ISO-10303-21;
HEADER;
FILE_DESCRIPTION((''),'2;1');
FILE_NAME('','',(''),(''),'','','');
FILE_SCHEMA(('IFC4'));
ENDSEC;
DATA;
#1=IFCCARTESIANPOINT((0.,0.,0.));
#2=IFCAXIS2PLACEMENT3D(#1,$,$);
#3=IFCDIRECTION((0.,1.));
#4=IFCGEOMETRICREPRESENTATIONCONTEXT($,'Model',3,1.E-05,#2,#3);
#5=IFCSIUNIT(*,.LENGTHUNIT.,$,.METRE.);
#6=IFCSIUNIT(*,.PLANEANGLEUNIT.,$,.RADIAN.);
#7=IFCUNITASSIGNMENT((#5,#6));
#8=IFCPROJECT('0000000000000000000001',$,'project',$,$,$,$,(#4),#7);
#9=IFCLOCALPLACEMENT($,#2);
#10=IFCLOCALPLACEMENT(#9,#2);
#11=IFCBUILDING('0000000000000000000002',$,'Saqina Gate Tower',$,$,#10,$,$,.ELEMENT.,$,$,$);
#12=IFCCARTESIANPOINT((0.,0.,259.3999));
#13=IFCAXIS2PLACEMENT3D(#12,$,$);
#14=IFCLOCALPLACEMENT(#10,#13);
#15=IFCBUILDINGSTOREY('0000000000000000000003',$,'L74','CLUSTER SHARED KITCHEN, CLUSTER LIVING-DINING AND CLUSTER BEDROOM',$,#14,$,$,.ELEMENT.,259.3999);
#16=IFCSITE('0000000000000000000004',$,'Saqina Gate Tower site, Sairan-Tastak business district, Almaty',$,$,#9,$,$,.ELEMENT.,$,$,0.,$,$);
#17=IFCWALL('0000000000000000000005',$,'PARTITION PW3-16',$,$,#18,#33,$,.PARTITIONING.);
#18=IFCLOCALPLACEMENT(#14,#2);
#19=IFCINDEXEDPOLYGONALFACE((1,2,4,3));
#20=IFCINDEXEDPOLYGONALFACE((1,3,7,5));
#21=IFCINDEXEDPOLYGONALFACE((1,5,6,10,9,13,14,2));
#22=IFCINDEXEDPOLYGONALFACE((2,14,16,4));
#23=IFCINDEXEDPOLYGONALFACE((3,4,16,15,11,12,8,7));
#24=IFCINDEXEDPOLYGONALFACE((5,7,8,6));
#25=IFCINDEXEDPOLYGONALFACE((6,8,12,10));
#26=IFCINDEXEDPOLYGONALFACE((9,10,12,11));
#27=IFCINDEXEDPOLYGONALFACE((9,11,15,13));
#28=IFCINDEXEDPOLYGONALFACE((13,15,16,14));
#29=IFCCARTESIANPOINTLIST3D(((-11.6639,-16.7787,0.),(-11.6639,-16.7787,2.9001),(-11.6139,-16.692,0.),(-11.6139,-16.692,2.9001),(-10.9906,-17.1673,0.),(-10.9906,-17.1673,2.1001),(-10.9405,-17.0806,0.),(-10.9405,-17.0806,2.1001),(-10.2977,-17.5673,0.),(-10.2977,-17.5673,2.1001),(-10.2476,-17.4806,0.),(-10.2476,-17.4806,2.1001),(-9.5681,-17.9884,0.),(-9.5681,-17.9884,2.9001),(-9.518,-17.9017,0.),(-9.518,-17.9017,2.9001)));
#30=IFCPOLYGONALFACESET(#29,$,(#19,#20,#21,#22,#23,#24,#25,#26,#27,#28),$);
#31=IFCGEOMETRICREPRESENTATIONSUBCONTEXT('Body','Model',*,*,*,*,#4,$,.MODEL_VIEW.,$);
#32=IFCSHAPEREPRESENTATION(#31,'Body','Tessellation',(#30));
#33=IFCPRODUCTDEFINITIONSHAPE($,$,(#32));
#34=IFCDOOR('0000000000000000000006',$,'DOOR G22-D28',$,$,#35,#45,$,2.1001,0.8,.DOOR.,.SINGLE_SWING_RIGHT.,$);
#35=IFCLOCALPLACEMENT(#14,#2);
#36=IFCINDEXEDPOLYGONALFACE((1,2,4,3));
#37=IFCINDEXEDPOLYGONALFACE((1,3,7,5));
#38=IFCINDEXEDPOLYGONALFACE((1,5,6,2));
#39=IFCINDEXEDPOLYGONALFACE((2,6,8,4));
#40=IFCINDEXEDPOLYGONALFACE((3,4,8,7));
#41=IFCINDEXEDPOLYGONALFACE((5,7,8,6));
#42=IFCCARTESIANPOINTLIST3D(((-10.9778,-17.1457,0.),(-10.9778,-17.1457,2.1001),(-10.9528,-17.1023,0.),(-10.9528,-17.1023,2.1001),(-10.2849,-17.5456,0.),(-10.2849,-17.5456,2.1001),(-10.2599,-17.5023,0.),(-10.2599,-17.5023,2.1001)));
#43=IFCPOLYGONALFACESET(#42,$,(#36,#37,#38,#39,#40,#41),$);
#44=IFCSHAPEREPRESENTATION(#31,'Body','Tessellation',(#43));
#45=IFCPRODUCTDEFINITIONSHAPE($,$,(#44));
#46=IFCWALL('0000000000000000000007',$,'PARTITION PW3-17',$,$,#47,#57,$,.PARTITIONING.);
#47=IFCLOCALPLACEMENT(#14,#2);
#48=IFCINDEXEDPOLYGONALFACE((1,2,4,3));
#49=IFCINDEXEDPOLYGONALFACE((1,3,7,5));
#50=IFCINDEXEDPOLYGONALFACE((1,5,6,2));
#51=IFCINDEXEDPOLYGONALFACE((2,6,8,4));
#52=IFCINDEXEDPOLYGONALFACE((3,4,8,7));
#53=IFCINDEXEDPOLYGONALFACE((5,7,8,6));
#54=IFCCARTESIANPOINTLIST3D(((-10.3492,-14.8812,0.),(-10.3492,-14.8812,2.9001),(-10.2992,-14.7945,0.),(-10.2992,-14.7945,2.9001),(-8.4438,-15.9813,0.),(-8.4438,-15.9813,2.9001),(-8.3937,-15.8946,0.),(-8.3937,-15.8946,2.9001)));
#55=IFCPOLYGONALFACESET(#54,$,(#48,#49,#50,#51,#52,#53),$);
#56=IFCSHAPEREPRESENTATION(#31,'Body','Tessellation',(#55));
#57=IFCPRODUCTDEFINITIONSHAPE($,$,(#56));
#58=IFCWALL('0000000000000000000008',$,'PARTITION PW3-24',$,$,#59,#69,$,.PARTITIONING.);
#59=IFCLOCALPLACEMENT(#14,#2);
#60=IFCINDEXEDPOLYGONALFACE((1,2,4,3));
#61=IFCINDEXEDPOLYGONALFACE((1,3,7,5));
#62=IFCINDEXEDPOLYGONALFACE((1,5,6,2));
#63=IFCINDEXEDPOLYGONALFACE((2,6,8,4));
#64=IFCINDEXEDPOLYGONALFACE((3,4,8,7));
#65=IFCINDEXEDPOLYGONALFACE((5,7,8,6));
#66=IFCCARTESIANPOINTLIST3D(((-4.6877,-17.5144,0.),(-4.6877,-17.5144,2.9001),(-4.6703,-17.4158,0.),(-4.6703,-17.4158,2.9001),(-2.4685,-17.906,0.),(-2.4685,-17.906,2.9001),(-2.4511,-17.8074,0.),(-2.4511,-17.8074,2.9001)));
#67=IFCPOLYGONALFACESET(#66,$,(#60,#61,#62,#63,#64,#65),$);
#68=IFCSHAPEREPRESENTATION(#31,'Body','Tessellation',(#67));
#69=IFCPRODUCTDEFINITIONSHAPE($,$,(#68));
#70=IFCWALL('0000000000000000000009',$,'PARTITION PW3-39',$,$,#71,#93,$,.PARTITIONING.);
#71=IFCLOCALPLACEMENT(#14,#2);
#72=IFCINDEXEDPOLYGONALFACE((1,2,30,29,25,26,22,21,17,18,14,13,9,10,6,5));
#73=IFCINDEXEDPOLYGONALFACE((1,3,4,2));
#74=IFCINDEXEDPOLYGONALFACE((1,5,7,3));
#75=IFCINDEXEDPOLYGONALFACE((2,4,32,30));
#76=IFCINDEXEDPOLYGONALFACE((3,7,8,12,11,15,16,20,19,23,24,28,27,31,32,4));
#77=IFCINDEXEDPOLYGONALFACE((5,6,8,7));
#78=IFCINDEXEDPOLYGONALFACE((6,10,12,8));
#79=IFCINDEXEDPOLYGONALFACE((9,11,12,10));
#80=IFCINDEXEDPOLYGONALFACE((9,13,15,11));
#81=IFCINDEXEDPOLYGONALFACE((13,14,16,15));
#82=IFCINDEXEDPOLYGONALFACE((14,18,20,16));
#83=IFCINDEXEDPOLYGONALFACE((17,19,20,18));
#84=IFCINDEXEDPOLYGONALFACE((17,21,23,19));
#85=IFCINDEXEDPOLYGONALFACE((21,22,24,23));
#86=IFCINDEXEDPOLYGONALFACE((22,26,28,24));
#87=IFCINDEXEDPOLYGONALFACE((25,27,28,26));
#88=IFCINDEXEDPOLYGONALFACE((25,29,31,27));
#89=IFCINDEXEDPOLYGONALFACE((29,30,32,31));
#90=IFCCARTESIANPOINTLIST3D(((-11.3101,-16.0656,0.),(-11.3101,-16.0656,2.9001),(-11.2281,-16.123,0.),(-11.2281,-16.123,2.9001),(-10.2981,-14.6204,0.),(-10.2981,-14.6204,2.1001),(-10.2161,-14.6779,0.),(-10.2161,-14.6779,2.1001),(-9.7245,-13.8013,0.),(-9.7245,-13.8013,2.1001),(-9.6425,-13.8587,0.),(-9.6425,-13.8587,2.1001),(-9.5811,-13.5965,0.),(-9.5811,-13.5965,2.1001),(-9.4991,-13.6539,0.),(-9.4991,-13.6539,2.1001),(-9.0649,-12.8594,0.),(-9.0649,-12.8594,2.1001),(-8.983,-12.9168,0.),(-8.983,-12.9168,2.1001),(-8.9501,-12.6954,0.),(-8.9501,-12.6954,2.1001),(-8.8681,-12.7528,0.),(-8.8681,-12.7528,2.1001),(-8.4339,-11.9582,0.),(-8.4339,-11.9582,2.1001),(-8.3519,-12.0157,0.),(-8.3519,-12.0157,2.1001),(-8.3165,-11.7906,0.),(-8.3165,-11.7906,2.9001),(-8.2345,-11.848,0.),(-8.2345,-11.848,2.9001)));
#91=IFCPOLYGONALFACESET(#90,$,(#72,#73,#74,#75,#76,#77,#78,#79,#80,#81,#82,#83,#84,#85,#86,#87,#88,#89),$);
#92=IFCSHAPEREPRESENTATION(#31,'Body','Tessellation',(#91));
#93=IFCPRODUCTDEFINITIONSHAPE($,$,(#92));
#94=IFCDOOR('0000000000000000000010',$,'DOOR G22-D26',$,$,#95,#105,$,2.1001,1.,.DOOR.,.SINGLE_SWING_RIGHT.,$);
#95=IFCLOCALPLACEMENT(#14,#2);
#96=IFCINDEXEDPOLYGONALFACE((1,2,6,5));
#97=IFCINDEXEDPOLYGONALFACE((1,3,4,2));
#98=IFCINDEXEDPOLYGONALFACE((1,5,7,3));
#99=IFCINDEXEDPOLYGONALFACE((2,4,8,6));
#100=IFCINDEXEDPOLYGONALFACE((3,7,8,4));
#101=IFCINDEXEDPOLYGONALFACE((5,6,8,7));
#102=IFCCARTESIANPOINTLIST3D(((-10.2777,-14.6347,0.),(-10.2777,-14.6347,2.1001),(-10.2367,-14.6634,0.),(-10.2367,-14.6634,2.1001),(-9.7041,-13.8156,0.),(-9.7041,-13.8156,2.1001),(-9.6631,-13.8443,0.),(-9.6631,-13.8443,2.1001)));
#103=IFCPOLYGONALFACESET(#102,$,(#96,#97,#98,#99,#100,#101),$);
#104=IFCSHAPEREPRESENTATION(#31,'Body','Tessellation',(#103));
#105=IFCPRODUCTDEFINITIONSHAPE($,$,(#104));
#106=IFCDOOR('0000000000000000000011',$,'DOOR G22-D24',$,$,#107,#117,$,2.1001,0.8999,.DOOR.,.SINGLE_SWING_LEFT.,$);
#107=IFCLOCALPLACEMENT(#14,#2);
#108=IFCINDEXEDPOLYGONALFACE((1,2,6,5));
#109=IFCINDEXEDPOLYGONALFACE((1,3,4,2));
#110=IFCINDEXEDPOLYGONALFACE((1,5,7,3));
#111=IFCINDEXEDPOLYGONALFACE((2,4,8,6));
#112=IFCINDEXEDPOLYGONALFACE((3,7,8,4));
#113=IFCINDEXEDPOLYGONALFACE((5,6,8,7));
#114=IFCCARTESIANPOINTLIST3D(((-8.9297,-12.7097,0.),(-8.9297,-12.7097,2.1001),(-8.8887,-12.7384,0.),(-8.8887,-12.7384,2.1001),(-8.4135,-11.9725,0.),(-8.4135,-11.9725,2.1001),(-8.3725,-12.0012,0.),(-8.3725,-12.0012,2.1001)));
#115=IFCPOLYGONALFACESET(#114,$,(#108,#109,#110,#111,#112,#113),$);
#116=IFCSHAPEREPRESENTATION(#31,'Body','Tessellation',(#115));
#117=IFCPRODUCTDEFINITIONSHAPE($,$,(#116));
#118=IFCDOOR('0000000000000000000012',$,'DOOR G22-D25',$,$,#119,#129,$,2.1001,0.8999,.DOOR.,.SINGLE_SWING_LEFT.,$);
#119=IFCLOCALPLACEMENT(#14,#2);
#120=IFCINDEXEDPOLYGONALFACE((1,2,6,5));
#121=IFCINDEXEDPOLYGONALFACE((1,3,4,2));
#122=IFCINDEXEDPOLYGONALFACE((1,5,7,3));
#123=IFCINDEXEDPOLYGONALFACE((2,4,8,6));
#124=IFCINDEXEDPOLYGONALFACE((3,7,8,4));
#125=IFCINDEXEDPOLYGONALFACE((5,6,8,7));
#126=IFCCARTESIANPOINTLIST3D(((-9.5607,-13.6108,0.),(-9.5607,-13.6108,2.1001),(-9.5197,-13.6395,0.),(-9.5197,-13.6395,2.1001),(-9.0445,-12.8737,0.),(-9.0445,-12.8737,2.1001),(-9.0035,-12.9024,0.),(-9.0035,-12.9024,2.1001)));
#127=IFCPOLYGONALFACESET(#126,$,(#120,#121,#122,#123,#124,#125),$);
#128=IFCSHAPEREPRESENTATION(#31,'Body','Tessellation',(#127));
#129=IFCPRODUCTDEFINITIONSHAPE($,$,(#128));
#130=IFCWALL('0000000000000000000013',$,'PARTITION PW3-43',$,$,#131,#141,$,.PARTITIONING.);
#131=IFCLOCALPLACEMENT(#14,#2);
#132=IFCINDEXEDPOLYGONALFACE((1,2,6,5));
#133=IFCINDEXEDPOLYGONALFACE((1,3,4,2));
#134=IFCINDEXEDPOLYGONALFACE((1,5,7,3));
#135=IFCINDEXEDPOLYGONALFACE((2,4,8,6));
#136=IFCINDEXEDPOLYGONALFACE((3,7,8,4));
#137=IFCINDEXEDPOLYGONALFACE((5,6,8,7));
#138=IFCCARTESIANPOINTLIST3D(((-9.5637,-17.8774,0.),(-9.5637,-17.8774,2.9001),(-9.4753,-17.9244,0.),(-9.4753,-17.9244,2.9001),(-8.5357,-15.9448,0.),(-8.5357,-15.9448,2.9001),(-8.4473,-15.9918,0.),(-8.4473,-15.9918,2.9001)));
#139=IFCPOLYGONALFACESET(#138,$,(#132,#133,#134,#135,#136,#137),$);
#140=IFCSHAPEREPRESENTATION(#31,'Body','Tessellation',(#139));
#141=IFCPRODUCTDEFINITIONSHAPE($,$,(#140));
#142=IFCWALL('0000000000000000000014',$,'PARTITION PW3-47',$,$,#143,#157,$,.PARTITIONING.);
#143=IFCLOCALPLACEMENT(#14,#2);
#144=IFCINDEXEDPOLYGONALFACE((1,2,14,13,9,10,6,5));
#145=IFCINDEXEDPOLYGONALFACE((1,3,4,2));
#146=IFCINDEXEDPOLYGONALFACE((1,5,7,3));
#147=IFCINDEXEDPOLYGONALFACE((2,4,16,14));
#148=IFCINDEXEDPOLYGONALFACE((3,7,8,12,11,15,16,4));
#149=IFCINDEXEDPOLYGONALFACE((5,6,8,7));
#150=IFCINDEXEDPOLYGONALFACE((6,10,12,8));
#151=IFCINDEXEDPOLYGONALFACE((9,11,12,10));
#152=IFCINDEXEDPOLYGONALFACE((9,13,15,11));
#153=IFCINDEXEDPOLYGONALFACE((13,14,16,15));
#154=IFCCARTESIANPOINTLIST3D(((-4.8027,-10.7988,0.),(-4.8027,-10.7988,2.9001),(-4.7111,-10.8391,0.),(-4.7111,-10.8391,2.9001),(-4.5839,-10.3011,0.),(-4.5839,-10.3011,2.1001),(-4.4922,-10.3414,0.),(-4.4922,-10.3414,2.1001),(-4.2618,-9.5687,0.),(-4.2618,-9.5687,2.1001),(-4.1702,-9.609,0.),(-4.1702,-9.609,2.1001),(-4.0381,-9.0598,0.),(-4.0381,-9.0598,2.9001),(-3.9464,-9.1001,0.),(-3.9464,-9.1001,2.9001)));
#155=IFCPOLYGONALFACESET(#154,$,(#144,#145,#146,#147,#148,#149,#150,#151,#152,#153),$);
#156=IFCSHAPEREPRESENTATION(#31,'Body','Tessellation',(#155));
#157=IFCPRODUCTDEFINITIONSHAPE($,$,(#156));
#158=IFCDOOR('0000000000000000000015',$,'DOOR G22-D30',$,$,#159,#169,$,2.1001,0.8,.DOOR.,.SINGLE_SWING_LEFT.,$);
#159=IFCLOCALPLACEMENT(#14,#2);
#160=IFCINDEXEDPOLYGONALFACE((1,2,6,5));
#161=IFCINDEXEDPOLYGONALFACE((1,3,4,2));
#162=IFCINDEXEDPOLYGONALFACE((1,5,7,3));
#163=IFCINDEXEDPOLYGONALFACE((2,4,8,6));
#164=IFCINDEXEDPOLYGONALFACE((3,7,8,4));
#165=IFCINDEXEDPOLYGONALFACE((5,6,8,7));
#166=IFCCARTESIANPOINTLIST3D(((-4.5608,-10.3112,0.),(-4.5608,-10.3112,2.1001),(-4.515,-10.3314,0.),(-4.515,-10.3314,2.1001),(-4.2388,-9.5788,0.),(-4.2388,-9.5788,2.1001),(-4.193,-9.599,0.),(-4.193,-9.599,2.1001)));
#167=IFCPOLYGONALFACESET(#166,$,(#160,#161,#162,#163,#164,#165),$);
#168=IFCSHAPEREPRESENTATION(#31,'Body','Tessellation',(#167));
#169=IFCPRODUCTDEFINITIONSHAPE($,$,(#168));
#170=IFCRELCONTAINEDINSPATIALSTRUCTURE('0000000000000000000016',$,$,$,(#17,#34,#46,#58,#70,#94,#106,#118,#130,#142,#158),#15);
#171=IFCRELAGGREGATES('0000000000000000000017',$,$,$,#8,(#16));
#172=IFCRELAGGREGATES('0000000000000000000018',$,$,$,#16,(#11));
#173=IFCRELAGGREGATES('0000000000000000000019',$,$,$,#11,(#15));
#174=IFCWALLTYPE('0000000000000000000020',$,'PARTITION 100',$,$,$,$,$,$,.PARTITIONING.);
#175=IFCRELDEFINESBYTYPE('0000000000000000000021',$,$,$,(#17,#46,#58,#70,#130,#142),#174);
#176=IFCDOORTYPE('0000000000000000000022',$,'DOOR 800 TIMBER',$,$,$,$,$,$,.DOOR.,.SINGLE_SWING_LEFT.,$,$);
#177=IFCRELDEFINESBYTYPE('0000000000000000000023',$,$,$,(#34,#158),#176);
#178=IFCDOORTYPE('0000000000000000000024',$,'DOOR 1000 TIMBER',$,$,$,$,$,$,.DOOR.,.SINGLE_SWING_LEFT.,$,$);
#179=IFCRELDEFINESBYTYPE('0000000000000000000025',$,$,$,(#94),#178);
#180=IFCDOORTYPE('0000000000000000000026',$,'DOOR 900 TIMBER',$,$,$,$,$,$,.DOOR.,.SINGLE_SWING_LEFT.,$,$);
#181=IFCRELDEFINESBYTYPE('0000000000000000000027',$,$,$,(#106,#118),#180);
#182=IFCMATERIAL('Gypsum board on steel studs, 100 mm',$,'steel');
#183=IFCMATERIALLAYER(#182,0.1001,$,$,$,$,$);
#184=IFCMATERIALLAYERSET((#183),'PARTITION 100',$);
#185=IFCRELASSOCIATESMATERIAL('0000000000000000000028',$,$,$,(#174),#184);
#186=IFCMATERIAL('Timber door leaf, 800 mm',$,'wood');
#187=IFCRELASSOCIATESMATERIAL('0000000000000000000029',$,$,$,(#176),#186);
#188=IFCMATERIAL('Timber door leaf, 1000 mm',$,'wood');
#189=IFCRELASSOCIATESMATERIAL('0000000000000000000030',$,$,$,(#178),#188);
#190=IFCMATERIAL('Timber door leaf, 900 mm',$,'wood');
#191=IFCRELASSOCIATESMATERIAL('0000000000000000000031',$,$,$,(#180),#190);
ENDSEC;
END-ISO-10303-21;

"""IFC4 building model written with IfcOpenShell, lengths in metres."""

from ifc_helpers import new_model, si_unit, direction, frame, frame_2d, origin, place, context, subcontext, project, spatial, rectangle, extrude, material, layer, layer_set, type_object, element, fill, save


model = new_model("IFC4")

# Units and contexts
model_context = context("Model", 3, precision=1e-05, world=origin(), true_north=direction((0.0, 1.0)))
body_context = subcontext(model_context, "Body", "Model", "MODEL_VIEW")
ifc_project = project(units=[si_unit("LENGTHUNIT", "METRE"), si_unit("PLANEANGLEUNIT", "RADIAN")], contexts=[model_context])

# Site, building, storey
site_placement = place(None, origin())
site = spatial("IfcSite", under=ifc_project, at=site_placement, Name="Saqina Gate Tower site, Sairan-Tastak business district, Almaty", CompositionType="ELEMENT", RefElevation=0.0)
building_placement = place(site_placement, origin())
building = spatial("IfcBuilding", under=site, at=building_placement, Name="Saqina Gate Tower", CompositionType="ELEMENT")
storey_placement = place(building_placement, frame((0.0, 0.0, 259.3999)))
storey = spatial("IfcBuildingStorey", under=building, at=storey_placement, Name="L74", Description="CLUSTER SHARED KITCHEN, CLUSTER LIVING-DINING AND CLUSTER BEDROOM", CompositionType="ELEMENT", Elevation=259.3999)

# Wall, opening, door
ifc_material_1 = material(Name="Gypsum board on steel studs, 100 mm", Category="steel")
ifc_layer_1 = layer(ifc_material_1, 0.1001)
ifc_layer_set_1 = layer_set([ifc_layer_1], Name="PARTITION 100")
wall_type_1 = type_object("IfcWallType", Name="PARTITION 100", PredefinedType="PARTITIONING", material=ifc_layer_set_1)
wall_1_placement = place(storey_placement, frame((-11.6389, -16.7354, 0.0), z_axis=(0.0, 0.0, 1.0), x_axis=(0.866093, -0.499883, 0.0)))
wall_1 = element("IfcWall", 1, at=wall_1_placement, inside=storey, type_object=wall_type_1, Name="PARTITION PW3-16", PredefinedType="PARTITIONING", context=body_context, shape_type="SweptSolid", body=[
    extrude(rectangle(XDim=2.4199, YDim=0.1001, at=frame_2d((1.21, 0.0))), origin(), (0.0, 0.0, 1.0), 2.9001),
])
opening_1_placement = place(wall_1_placement, frame((0.7776, 0.0, 0.0)))
opening_1 = element("IfcOpeningElement", 2, at=opening_1_placement, cuts=wall_1, PredefinedType="OPENING", context=body_context, shape_type="SweptSolid", body=[
    extrude(rectangle(XDim=0.8, YDim=2.1001, at=frame_2d((0.3999, 1.05))), frame((0.0, 0.062, 0.0), z_axis=(0.0, -1.0, 0.0), x_axis=(1.0, 0.0, 0.0)), (0.0, 0.0, 1.0), 0.124),
])
ifc_material_2 = material(Name="Timber door leaf, 800 mm", Category="wood")
door_type_1 = type_object("IfcDoorType", Name="DOOR 800 TIMBER", OperationType="SINGLE_SWING_LEFT", PredefinedType="DOOR", material=ifc_material_2)
door_1_placement = place(opening_1_placement, frame((0.8, 0.0, 0.0), z_axis=(0.0, 0.0, 1.0), x_axis=(-1.0, 0.0, 0.0)))
door_1 = element("IfcDoor", 3, at=door_1_placement, inside=storey, type_object=door_type_1, Name="DOOR G22-D28", OperationType="SINGLE_SWING_RIGHT", OverallHeight=2.1001, OverallWidth=0.8, PredefinedType="DOOR", context=body_context, shape_type="SweptSolid", body=[
    extrude(rectangle(XDim=0.8, YDim=2.1001, at=frame_2d((0.3999, 1.05))), frame((0.0, 0.0249, 0.0), z_axis=(0.0, -1.0, 0.0), x_axis=(1.0, 0.0, 0.0)), (0.0, 0.0, 1.0), 0.05),
])
fill(opening_1, door_1)

# Walls
wall_2_placement = place(storey_placement, frame((-10.3242, -14.8379, 0.0), z_axis=(0.0, 0.0, 1.0), x_axis=(0.866036, -0.499982, 0.0)))
element("IfcWall", 4, at=wall_2_placement, inside=storey, type_object=wall_type_1, Name="PARTITION PW3-17", PredefinedType="PARTITIONING", context=body_context, shape_type="SweptSolid", body=[
    extrude(rectangle(XDim=2.2002, YDim=0.1001, at=frame_2d((1.1001, 0.0))), origin(), (0.0, 0.0, 1.0), 2.9001),
])
wall_3_placement = place(storey_placement, frame((-4.679, -17.4651, 0.0), z_axis=(0.0, 0.0, 1.0), x_axis=(0.984786, -0.173773, 0.0)))
element("IfcWall", 5, at=wall_3_placement, inside=storey, type_object=wall_type_1, Name="PARTITION PW3-24", PredefinedType="PARTITIONING", context=body_context, shape_type="SweptSolid", body=[
    extrude(rectangle(XDim=2.2534, YDim=0.1001, at=frame_2d((1.1267, 0.0))), origin(), (0.0, 0.0, 1.0), 2.9001),
])

# Wall, openings, doors
wall_4_placement = place(storey_placement, frame((-11.269, -16.0942, 0.0), z_axis=(0.0, 0.0, 1.0), x_axis=(0.573597, 0.819137, 0.0)))
wall_4 = element("IfcWall", 6, at=wall_4_placement, inside=storey, type_object=wall_type_1, Name="PARTITION PW3-39", PredefinedType="PARTITIONING", context=body_context, shape_type="SweptSolid", body=[
    extrude(rectangle(XDim=5.219, YDim=0.1001, at=frame_2d((2.6094, 0.0))), origin(), (0.0, 0.0, 1.0), 2.9001),
])
opening_2_placement = place(wall_4_placement, frame((4.1143, 0.0, 0.0)))
opening_2 = element("IfcOpeningElement", 7, at=opening_2_placement, cuts=wall_4, PredefinedType="OPENING", context=body_context, shape_type="SweptSolid", body=[
    extrude(rectangle(XDim=0.8999, YDim=2.1001, at=frame_2d((0.45, 1.05))), frame((0.0, 0.062, 0.0), z_axis=(0.0, -1.0, 0.0), x_axis=(1.0, 0.0, 0.0)), (0.0, 0.0, 1.0), 0.124),
])
opening_3_placement = place(wall_4_placement, frame((3.0142, 0.0, 0.0)))
opening_3 = element("IfcOpeningElement", 8, at=opening_3_placement, cuts=wall_4, PredefinedType="OPENING", context=body_context, shape_type="SweptSolid", body=[
    extrude(rectangle(XDim=0.8999, YDim=2.1001, at=frame_2d((0.45, 1.05))), frame((0.0, 0.062, 0.0), z_axis=(0.0, -1.0, 0.0), x_axis=(1.0, 0.0, 0.0)), (0.0, 0.0, 1.0), 0.124),
])
opening_4_placement = place(wall_4_placement, frame((1.7642, 0.0, 0.0)))
opening_4 = element("IfcOpeningElement", 9, at=opening_4_placement, cuts=wall_4, PredefinedType="OPENING", context=body_context, shape_type="SweptSolid", body=[
    extrude(rectangle(XDim=1.0, YDim=2.1001, at=frame_2d((0.5, 1.05))), frame((0.0, 0.062, 0.0), z_axis=(0.0, -1.0, 0.0), x_axis=(1.0, 0.0, 0.0)), (0.0, 0.0, 1.0), 0.124),
])
ifc_material_3 = material(Name="Timber door leaf, 1000 mm", Category="wood")
door_type_2 = type_object("IfcDoorType", Name="DOOR 1000 TIMBER", OperationType="SINGLE_SWING_LEFT", PredefinedType="DOOR", material=ifc_material_3)
door_2_placement = place(opening_4_placement, frame((1.0, 0.0, 0.0), z_axis=(0.0, 0.0, 1.0), x_axis=(-1.0, 0.0, 0.0)))
door_2 = element("IfcDoor", 10, at=door_2_placement, inside=storey, type_object=door_type_2, Name="DOOR G22-D26", OperationType="SINGLE_SWING_RIGHT", OverallHeight=2.1001, OverallWidth=1.0, PredefinedType="DOOR", context=body_context, shape_type="SweptSolid", body=[
    extrude(rectangle(XDim=1.0, YDim=2.1001, at=frame_2d((0.5, 1.05))), frame((0.0, 0.0249, 0.0), z_axis=(0.0, -1.0, 0.0), x_axis=(1.0, 0.0, 0.0)), (0.0, 0.0, 1.0), 0.05),
])
fill(opening_4, door_2)
ifc_material_4 = material(Name="Timber door leaf, 900 mm", Category="wood")
door_type_3 = type_object("IfcDoorType", Name="DOOR 900 TIMBER", OperationType="SINGLE_SWING_LEFT", PredefinedType="DOOR", material=ifc_material_4)
door_3_placement = place(opening_2_placement, frame((0.8999, 0.0, 0.0), z_axis=(0.0, 0.0, 1.0), x_axis=(-1.0, 0.0, 0.0)))
door_3 = element("IfcDoor", 11, at=door_3_placement, inside=storey, type_object=door_type_3, Name="DOOR G22-D24", OperationType="SINGLE_SWING_LEFT", OverallHeight=2.1001, OverallWidth=0.8999, PredefinedType="DOOR", context=body_context, shape_type="SweptSolid", body=[
    extrude(rectangle(XDim=0.8999, YDim=2.1001, at=frame_2d((0.45, 1.05))), frame((0.0, 0.0249, 0.0), z_axis=(0.0, -1.0, 0.0), x_axis=(1.0, 0.0, 0.0)), (0.0, 0.0, 1.0), 0.05),
])
fill(opening_2, door_3)
door_4_placement = place(opening_3_placement, frame((0.8999, 0.0, 0.0), z_axis=(0.0, 0.0, 1.0), x_axis=(-1.0, 0.0, 0.0)))
door_4 = element("IfcDoor", 12, at=door_4_placement, inside=storey, type_object=door_type_3, Name="DOOR G22-D25", OperationType="SINGLE_SWING_LEFT", OverallHeight=2.1001, OverallWidth=0.8999, PredefinedType="DOOR", context=body_context, shape_type="SweptSolid", body=[
    extrude(rectangle(XDim=0.8999, YDim=2.1001, at=frame_2d((0.45, 1.05))), frame((0.0, 0.0249, 0.0), z_axis=(0.0, -1.0, 0.0), x_axis=(1.0, 0.0, 0.0)), (0.0, 0.0, 1.0), 0.05),
])
fill(opening_3, door_4)

# Wall
wall_5_placement = place(storey_placement, frame((-9.5195, -17.9009, 0.0), z_axis=(0.0, 0.0, 1.0), x_axis=(0.469644, 0.882856, 0.0)))
element("IfcWall", 13, at=wall_5_placement, inside=storey, type_object=wall_type_1, Name="PARTITION PW3-43", PredefinedType="PARTITIONING", context=body_context, shape_type="SweptSolid", body=[
    extrude(rectangle(XDim=2.189, YDim=0.1001, at=frame_2d((1.0945, 0.0))), origin(), (0.0, 0.0, 1.0), 2.9001),
])

# Wall, opening, door
wall_6_placement = place(storey_placement, frame((-4.7568, -10.8188, 0.0), z_axis=(0.0, 0.0, 1.0), x_axis=(0.40251, 0.915415, 0.0)))
wall_6 = element("IfcWall", 14, at=wall_6_placement, inside=storey, type_object=wall_type_1, Name="PARTITION PW3-47", PredefinedType="PARTITIONING", context=body_context, shape_type="SweptSolid", body=[
    extrude(rectangle(XDim=1.8997, YDim=0.1001, at=frame_2d((0.9497, 0.0))), origin(), (0.0, 0.0, 1.0), 2.9001),
])
opening_5_placement = place(wall_6_placement, frame((0.5437, 0.0, 0.0)))
opening_5 = element("IfcOpeningElement", 15, at=opening_5_placement, cuts=wall_6, PredefinedType="OPENING", context=body_context, shape_type="SweptSolid", body=[
    extrude(rectangle(XDim=0.8, YDim=2.1001, at=frame_2d((0.3999, 1.05))), frame((0.0, 0.062, 0.0), z_axis=(0.0, -1.0, 0.0), x_axis=(1.0, 0.0, 0.0)), (0.0, 0.0, 1.0), 0.124),
])
door_5_placement = place(opening_5_placement, origin())
door_5 = element("IfcDoor", 16, at=door_5_placement, inside=storey, type_object=door_type_1, Name="DOOR G22-D30", OperationType="SINGLE_SWING_LEFT", OverallHeight=2.1001, OverallWidth=0.8, PredefinedType="DOOR", context=body_context, shape_type="SweptSolid", body=[
    extrude(rectangle(XDim=0.8, YDim=2.1001, at=frame_2d((0.3999, 1.05))), frame((0.0, 0.0249, 0.0), z_axis=(0.0, -1.0, 0.0), x_axis=(1.0, 0.0, 0.0)), (0.0, 0.0, 1.0), 0.05),
])
fill(opening_5, door_5)

save(model, "model.ifc")
